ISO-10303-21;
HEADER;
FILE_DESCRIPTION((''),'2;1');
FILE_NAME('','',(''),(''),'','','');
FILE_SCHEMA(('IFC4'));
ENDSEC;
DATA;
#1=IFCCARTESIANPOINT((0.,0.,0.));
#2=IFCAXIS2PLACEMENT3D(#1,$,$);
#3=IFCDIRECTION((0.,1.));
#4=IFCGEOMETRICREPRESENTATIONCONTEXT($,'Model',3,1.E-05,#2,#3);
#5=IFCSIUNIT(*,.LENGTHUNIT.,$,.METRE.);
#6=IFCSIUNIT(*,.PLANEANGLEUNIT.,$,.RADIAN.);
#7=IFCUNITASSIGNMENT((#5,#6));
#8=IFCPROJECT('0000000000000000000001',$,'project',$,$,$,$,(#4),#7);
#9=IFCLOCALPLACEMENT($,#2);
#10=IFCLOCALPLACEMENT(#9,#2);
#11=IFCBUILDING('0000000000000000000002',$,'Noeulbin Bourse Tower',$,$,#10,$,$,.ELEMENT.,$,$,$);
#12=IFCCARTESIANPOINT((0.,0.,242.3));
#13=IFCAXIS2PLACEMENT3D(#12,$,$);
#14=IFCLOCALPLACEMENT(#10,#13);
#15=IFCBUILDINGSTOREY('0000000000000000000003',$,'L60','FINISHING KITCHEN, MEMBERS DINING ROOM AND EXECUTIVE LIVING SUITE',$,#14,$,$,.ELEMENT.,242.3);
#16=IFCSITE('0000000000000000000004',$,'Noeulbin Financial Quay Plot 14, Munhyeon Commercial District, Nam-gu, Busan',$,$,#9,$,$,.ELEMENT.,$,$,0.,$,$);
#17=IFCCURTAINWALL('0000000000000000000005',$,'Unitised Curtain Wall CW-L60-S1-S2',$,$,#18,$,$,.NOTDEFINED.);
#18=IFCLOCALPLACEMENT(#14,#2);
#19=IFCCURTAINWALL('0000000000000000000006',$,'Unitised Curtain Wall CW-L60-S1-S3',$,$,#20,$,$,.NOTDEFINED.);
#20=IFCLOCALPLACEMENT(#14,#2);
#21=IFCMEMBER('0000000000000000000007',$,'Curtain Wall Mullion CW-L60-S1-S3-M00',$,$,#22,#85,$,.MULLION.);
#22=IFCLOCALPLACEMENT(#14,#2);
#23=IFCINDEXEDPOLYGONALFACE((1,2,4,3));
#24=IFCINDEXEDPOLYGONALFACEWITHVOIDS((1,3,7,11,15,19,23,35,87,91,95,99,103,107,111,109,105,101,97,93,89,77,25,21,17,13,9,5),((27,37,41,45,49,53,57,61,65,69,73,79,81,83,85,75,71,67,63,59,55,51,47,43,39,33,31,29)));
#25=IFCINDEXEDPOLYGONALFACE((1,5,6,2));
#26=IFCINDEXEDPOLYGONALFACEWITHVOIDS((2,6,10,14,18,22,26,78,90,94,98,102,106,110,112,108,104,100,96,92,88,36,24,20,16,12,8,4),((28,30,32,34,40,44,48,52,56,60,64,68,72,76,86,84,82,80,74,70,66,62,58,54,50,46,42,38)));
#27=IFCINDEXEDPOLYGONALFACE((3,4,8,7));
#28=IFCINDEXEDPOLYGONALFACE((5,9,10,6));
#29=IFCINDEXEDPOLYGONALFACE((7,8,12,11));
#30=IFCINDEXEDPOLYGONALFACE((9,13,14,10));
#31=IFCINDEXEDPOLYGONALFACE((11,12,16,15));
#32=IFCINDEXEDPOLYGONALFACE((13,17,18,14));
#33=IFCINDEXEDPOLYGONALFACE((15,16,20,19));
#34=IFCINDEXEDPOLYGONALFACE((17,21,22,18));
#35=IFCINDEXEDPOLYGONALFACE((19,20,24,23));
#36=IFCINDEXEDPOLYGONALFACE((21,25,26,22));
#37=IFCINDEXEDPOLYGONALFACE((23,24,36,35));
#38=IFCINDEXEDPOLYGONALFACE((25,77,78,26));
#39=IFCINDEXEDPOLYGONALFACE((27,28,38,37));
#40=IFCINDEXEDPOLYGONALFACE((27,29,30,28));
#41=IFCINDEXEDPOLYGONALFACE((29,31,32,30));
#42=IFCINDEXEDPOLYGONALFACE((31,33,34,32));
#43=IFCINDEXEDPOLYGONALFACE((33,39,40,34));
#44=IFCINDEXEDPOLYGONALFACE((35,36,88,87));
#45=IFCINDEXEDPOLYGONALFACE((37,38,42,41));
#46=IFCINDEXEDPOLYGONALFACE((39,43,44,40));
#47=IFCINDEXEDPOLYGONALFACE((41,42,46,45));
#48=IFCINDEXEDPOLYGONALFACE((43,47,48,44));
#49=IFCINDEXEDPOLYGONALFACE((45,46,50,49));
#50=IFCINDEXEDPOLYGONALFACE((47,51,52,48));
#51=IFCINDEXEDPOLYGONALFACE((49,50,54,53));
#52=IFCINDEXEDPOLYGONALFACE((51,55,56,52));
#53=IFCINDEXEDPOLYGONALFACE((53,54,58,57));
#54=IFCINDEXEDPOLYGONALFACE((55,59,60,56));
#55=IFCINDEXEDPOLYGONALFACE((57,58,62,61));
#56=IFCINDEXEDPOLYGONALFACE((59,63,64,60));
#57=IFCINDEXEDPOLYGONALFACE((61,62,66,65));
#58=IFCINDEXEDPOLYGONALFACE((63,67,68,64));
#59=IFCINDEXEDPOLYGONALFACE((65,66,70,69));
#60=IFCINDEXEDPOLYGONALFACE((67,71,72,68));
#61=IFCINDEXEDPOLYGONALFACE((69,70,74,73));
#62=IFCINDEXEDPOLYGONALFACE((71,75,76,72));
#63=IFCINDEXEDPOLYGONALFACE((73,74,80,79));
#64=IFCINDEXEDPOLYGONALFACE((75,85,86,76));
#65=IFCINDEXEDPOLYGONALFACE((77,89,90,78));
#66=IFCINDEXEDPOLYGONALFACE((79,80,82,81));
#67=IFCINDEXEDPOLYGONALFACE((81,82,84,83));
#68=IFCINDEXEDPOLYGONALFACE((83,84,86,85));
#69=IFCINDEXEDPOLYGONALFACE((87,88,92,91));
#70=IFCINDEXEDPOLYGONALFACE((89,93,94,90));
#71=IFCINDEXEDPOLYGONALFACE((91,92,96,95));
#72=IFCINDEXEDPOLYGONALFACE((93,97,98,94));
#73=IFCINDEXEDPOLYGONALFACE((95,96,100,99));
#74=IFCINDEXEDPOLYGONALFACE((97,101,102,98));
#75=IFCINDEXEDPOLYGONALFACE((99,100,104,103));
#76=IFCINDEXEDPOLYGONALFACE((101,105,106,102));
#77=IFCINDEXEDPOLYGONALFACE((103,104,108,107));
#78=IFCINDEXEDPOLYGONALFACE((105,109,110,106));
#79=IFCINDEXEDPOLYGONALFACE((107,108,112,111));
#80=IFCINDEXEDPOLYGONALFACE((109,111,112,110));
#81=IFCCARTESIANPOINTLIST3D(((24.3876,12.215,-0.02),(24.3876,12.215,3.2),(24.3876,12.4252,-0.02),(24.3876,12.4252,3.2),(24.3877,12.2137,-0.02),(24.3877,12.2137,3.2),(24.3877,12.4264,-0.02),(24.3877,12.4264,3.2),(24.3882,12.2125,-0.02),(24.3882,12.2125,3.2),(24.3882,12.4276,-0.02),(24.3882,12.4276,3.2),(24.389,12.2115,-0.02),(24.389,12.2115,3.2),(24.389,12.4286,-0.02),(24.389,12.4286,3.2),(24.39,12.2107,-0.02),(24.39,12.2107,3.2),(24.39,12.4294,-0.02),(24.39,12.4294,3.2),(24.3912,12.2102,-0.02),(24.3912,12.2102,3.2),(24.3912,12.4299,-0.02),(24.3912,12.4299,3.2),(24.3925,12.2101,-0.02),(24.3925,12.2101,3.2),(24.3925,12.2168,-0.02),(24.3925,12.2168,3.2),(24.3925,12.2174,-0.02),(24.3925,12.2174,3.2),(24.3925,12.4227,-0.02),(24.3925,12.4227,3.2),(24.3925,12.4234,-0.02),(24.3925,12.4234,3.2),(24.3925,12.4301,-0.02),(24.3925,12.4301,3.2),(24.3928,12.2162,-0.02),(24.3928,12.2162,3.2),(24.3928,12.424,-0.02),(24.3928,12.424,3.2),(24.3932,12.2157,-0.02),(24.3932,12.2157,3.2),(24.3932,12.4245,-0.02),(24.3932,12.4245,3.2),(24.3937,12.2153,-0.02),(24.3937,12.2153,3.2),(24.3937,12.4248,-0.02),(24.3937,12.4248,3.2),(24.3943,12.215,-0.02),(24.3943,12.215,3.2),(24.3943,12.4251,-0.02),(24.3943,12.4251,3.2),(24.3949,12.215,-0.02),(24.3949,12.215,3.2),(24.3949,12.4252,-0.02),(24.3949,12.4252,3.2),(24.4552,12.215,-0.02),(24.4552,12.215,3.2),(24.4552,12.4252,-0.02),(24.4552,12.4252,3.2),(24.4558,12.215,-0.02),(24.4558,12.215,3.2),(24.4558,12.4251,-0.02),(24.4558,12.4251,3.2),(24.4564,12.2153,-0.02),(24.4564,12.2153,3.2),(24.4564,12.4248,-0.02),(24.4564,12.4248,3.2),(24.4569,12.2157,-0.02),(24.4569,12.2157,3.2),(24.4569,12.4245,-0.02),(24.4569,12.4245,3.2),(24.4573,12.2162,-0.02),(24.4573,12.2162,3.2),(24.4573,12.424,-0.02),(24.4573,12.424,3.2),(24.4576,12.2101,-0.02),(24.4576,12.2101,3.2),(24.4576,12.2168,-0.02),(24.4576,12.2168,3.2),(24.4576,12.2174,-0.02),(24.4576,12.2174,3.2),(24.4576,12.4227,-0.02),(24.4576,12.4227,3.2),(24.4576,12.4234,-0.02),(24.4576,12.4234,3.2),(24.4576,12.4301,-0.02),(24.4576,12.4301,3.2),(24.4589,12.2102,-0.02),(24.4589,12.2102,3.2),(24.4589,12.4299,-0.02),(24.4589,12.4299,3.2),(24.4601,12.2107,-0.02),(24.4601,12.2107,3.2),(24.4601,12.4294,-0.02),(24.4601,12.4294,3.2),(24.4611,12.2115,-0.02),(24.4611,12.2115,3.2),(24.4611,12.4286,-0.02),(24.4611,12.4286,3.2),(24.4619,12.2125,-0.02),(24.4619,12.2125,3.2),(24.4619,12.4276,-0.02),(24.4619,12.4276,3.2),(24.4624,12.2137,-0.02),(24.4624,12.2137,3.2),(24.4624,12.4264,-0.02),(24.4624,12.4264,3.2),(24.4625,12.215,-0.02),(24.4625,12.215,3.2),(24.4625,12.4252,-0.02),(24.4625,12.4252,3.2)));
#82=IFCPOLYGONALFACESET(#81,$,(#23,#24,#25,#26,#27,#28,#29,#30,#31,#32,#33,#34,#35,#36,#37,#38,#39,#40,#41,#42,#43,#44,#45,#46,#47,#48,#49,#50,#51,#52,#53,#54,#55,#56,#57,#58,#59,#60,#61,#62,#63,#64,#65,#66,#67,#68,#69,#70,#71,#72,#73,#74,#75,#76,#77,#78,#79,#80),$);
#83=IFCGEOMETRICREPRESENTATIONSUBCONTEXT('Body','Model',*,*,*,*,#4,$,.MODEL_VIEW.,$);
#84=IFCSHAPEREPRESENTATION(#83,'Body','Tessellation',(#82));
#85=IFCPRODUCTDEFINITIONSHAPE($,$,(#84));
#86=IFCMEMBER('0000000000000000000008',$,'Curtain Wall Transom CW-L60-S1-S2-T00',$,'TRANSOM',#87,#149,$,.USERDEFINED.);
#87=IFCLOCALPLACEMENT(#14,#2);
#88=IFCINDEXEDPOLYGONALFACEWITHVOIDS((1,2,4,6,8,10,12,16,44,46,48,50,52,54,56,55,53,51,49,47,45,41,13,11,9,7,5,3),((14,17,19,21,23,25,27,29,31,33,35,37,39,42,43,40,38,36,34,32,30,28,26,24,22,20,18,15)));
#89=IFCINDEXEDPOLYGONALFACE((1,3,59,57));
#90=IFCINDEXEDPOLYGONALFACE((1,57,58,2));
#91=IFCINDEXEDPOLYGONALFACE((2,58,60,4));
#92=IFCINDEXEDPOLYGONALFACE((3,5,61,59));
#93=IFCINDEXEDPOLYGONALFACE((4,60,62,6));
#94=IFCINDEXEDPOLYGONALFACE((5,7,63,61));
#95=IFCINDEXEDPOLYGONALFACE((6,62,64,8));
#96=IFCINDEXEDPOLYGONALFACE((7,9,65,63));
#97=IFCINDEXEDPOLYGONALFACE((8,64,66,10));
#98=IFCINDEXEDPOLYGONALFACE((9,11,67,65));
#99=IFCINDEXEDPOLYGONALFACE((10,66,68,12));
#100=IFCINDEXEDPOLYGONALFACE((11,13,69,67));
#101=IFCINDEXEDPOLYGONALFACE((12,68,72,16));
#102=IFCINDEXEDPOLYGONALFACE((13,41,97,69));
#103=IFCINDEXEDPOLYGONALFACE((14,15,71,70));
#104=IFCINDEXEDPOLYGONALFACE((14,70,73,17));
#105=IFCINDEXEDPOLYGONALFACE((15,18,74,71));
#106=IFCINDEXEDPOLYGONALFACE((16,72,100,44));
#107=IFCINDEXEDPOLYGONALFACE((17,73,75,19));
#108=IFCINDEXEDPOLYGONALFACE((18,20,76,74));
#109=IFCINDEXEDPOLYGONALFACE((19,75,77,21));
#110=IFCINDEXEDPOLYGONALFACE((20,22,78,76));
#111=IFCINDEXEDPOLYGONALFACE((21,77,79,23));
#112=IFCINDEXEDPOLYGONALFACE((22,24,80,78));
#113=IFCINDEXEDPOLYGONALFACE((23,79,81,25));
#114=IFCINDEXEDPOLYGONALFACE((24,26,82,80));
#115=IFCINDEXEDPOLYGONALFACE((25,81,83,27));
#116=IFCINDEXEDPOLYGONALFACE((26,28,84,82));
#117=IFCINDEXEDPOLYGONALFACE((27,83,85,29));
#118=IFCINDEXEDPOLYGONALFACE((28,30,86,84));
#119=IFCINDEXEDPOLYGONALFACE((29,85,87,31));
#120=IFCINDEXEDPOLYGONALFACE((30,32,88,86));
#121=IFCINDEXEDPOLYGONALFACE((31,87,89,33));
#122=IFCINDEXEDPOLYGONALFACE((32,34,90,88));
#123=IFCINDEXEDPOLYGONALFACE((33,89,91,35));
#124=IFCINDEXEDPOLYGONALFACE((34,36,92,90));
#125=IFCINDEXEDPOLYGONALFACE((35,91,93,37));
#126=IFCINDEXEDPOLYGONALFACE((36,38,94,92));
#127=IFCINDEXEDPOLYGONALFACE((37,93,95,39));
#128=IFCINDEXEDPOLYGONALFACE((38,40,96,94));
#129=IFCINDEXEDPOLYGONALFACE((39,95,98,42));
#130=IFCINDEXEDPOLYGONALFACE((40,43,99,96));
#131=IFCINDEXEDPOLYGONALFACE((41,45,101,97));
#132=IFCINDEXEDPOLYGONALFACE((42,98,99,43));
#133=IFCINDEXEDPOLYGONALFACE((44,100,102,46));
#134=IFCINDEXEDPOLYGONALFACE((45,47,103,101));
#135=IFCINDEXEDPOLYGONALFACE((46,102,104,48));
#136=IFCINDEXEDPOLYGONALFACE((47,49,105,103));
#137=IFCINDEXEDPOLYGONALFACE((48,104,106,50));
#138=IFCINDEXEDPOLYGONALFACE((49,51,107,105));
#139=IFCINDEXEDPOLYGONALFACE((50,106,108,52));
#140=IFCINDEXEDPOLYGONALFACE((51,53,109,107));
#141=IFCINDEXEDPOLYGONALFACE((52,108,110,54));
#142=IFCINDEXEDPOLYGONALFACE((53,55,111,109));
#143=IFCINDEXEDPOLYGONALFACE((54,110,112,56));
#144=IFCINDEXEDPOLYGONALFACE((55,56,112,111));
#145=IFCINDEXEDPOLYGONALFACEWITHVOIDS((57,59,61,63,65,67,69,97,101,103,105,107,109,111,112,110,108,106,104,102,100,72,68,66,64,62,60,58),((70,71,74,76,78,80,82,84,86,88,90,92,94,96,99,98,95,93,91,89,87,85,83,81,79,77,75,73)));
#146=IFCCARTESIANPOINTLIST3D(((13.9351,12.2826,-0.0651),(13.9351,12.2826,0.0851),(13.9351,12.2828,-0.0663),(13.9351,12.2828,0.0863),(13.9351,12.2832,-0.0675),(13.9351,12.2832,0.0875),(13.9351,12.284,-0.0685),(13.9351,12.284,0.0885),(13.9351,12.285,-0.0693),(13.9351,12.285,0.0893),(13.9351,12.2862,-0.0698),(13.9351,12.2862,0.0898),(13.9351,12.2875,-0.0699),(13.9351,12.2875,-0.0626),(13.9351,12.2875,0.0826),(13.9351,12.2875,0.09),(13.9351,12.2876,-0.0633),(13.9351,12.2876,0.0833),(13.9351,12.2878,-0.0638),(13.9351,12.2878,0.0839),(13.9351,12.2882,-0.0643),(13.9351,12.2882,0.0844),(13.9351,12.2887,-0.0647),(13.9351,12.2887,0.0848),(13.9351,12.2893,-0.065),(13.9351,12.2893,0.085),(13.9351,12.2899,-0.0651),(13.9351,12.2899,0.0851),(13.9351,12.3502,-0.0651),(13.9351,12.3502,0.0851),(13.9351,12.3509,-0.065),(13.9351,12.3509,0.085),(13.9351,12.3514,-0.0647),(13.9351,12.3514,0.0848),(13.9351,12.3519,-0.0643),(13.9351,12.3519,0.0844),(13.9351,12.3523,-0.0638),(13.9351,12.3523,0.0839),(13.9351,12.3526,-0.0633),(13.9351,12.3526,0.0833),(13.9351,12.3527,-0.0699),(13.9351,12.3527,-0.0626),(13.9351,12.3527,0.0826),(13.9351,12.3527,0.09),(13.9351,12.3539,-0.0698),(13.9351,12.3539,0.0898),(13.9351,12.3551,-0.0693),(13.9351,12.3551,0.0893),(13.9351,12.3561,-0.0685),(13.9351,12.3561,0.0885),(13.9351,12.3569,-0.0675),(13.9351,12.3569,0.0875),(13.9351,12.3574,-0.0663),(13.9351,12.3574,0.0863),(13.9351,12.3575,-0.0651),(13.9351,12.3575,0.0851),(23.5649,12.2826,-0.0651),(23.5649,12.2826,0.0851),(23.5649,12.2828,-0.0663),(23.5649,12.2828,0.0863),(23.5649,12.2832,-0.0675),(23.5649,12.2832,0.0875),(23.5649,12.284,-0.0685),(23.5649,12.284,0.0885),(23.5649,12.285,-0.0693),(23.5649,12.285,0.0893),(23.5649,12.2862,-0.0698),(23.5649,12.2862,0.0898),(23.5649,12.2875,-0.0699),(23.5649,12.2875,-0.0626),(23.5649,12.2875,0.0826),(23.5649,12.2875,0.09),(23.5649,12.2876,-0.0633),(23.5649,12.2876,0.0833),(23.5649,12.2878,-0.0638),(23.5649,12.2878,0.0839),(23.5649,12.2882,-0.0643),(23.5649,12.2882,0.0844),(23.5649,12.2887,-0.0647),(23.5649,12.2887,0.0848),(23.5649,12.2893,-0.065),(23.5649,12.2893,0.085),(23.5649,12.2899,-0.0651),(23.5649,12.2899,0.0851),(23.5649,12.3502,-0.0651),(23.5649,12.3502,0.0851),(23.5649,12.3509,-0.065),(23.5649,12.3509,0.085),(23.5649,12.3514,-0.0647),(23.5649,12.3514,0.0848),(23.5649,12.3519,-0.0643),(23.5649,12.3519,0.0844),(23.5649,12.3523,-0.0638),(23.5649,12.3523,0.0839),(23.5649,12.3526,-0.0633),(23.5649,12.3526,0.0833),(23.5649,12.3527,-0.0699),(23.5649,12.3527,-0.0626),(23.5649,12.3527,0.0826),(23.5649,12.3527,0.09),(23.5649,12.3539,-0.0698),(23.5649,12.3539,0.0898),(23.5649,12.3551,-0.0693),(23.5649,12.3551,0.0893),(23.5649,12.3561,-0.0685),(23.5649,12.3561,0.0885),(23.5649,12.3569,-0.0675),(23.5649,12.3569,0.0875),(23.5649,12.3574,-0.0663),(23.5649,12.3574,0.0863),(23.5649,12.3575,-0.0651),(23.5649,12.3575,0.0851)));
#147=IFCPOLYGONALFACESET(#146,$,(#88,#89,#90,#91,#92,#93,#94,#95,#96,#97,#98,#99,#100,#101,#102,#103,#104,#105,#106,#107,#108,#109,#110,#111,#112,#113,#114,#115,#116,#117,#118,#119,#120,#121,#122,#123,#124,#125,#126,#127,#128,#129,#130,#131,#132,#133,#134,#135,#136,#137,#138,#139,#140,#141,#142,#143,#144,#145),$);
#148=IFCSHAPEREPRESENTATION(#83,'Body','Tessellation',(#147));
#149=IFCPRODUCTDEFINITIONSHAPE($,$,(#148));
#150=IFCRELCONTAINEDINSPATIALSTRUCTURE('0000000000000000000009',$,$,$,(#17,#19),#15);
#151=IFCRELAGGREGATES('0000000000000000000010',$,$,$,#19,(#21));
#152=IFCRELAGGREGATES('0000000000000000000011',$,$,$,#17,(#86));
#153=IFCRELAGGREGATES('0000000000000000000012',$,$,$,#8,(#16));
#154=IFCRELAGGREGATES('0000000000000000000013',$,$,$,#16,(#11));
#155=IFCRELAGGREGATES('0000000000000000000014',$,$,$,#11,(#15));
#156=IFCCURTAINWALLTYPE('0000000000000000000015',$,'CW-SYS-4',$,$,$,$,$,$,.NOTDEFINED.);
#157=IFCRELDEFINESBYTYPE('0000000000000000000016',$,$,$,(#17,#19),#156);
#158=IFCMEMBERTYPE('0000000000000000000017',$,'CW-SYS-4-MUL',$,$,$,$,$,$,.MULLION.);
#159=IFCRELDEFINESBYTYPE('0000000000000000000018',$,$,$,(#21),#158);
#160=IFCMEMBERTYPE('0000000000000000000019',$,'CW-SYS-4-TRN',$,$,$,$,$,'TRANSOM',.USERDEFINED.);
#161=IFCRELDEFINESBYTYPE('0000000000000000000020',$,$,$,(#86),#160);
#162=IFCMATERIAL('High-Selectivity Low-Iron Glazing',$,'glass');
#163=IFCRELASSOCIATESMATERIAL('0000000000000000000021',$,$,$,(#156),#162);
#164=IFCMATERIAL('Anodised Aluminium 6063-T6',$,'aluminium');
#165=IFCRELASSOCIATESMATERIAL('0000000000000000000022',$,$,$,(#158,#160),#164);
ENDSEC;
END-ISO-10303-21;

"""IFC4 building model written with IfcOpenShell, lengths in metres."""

from ifc_helpers import new_model, si_unit, direction, frame, origin, origin_2d, place, context, subcontext, project, spatial, hollow_rectangle, extrude, material, material_profile, profile_set, type_object, element, aggregate, save


model = new_model("IFC4")

# Units and contexts
model_context = context("Model", 3, precision=1e-05, world=origin(), true_north=direction((0.0, 1.0)))
body_context = subcontext(model_context, "Body", "Model", "MODEL_VIEW")
ifc_project = project(units=[si_unit("LENGTHUNIT", "METRE"), si_unit("PLANEANGLEUNIT", "RADIAN")], contexts=[model_context])

# Site, building, storey
site_placement = place(None, origin())
site = spatial("IfcSite", under=ifc_project, at=site_placement, Name="Noeulbin Financial Quay Plot 14, Munhyeon Commercial District, Nam-gu, Busan", CompositionType="ELEMENT", RefElevation=0.0)
building_placement = place(site_placement, origin())
building = spatial("IfcBuilding", under=site, at=building_placement, Name="Noeulbin Bourse Tower", CompositionType="ELEMENT")
storey_placement = place(building_placement, frame((0.0, 0.0, 242.3)))
storey = spatial("IfcBuildingStorey", under=building, at=storey_placement, Name="L60", Description="FINISHING KITCHEN, MEMBERS DINING ROOM AND EXECUTIVE LIVING SUITE", CompositionType="ELEMENT", Elevation=242.3)

# Curtain wall
ifc_material_1 = material(Name="High-Selectivity Low-Iron Glazing", Category="glass")
curtain_wall_type = type_object("IfcCurtainWallType", Name="CW-SYS-4", PredefinedType="NOTDEFINED", material=ifc_material_1)
curtain_wall_1_placement = place(storey_placement, origin())
curtain_wall_1 = element("IfcCurtainWall", 1, at=curtain_wall_1_placement, inside=storey, type_object=curtain_wall_type, Name="Unitised Curtain Wall CW-L60-S1-S2", PredefinedType="NOTDEFINED")
ifc_material_2 = material(Name="Anodised Aluminium 6063-T6", Category="aluminium")
ifc_material_profile_1 = material_profile(ifc_material_2, hollow_rectangle(XDim=0.075, YDim=0.22, WallThickness=0.0049, InnerFilletRadius=0.0024, OuterFilletRadius=0.0049, at=origin_2d()), Name="ALU-MULL-75x220x5", Category="LoadBearing")
ifc_profile_set_1 = profile_set([ifc_material_profile_1], Name="Anodised Aluminium 6063-T6")
member_type_1 = type_object("IfcMemberType", Name="CW-SYS-4-MUL", PredefinedType="MULLION", material=ifc_profile_set_1)

# Curtain wall, member
curtain_wall_2_placement = place(storey_placement, origin())
curtain_wall_2 = element("IfcCurtainWall", 2, at=curtain_wall_2_placement, inside=storey, type_object=curtain_wall_type, Name="Unitised Curtain Wall CW-L60-S1-S3", PredefinedType="NOTDEFINED")
member_1_placement = place(storey_placement, frame((24.425, 12.3201, -0.02), z_axis=(0.0, 0.0, 1.0), x_axis=(1.0, 0.0, 0.0)))
member_1 = element("IfcMember", 3, at=member_1_placement, type_object=member_type_1, Name="Curtain Wall Mullion CW-L60-S1-S3-M00", PredefinedType="MULLION", context=body_context, shape_type="SweptSolid", body=[
    extrude(hollow_rectangle(XDim=0.075, YDim=0.22, WallThickness=0.0049, InnerFilletRadius=0.0024, OuterFilletRadius=0.0049, at=origin_2d()), origin(), (0.0, 0.0, 1.0), 3.22),
])

# Member
ifc_material_profile_2 = material_profile(ifc_material_2, hollow_rectangle(XDim=0.075, YDim=0.1599, WallThickness=0.0049, InnerFilletRadius=0.0024, OuterFilletRadius=0.0049, at=origin_2d()), Name="ALU-TRAN-75x160x5", Category="LoadBearing")
ifc_profile_set_2 = profile_set([ifc_material_profile_2], Name="Anodised Aluminium 6063-T6")
member_type_2 = type_object("IfcMemberType", Name="CW-SYS-4-TRN", ElementType="TRANSOM", PredefinedType="USERDEFINED", material=ifc_profile_set_2)
member_2_placement = place(storey_placement, frame((13.9351, 12.3201, 0.01), z_axis=(1.0, 0.0, 0.0), x_axis=(0.0, 1.0, 0.0)))
member_2 = element("IfcMember", 4, at=member_2_placement, type_object=member_type_2, Name="Curtain Wall Transom CW-L60-S1-S2-T00", ObjectType="TRANSOM", PredefinedType="USERDEFINED", context=body_context, shape_type="SweptSolid", body=[
    extrude(hollow_rectangle(XDim=0.075, YDim=0.1599, WallThickness=0.0049, InnerFilletRadius=0.0024, OuterFilletRadius=0.0049, at=origin_2d()), origin(), (0.0, 0.0, 1.0), 9.6299),
])
aggregate(curtain_wall_2, [member_1])

aggregate(curtain_wall_1, [member_2])

save(model, "model.ifc")
